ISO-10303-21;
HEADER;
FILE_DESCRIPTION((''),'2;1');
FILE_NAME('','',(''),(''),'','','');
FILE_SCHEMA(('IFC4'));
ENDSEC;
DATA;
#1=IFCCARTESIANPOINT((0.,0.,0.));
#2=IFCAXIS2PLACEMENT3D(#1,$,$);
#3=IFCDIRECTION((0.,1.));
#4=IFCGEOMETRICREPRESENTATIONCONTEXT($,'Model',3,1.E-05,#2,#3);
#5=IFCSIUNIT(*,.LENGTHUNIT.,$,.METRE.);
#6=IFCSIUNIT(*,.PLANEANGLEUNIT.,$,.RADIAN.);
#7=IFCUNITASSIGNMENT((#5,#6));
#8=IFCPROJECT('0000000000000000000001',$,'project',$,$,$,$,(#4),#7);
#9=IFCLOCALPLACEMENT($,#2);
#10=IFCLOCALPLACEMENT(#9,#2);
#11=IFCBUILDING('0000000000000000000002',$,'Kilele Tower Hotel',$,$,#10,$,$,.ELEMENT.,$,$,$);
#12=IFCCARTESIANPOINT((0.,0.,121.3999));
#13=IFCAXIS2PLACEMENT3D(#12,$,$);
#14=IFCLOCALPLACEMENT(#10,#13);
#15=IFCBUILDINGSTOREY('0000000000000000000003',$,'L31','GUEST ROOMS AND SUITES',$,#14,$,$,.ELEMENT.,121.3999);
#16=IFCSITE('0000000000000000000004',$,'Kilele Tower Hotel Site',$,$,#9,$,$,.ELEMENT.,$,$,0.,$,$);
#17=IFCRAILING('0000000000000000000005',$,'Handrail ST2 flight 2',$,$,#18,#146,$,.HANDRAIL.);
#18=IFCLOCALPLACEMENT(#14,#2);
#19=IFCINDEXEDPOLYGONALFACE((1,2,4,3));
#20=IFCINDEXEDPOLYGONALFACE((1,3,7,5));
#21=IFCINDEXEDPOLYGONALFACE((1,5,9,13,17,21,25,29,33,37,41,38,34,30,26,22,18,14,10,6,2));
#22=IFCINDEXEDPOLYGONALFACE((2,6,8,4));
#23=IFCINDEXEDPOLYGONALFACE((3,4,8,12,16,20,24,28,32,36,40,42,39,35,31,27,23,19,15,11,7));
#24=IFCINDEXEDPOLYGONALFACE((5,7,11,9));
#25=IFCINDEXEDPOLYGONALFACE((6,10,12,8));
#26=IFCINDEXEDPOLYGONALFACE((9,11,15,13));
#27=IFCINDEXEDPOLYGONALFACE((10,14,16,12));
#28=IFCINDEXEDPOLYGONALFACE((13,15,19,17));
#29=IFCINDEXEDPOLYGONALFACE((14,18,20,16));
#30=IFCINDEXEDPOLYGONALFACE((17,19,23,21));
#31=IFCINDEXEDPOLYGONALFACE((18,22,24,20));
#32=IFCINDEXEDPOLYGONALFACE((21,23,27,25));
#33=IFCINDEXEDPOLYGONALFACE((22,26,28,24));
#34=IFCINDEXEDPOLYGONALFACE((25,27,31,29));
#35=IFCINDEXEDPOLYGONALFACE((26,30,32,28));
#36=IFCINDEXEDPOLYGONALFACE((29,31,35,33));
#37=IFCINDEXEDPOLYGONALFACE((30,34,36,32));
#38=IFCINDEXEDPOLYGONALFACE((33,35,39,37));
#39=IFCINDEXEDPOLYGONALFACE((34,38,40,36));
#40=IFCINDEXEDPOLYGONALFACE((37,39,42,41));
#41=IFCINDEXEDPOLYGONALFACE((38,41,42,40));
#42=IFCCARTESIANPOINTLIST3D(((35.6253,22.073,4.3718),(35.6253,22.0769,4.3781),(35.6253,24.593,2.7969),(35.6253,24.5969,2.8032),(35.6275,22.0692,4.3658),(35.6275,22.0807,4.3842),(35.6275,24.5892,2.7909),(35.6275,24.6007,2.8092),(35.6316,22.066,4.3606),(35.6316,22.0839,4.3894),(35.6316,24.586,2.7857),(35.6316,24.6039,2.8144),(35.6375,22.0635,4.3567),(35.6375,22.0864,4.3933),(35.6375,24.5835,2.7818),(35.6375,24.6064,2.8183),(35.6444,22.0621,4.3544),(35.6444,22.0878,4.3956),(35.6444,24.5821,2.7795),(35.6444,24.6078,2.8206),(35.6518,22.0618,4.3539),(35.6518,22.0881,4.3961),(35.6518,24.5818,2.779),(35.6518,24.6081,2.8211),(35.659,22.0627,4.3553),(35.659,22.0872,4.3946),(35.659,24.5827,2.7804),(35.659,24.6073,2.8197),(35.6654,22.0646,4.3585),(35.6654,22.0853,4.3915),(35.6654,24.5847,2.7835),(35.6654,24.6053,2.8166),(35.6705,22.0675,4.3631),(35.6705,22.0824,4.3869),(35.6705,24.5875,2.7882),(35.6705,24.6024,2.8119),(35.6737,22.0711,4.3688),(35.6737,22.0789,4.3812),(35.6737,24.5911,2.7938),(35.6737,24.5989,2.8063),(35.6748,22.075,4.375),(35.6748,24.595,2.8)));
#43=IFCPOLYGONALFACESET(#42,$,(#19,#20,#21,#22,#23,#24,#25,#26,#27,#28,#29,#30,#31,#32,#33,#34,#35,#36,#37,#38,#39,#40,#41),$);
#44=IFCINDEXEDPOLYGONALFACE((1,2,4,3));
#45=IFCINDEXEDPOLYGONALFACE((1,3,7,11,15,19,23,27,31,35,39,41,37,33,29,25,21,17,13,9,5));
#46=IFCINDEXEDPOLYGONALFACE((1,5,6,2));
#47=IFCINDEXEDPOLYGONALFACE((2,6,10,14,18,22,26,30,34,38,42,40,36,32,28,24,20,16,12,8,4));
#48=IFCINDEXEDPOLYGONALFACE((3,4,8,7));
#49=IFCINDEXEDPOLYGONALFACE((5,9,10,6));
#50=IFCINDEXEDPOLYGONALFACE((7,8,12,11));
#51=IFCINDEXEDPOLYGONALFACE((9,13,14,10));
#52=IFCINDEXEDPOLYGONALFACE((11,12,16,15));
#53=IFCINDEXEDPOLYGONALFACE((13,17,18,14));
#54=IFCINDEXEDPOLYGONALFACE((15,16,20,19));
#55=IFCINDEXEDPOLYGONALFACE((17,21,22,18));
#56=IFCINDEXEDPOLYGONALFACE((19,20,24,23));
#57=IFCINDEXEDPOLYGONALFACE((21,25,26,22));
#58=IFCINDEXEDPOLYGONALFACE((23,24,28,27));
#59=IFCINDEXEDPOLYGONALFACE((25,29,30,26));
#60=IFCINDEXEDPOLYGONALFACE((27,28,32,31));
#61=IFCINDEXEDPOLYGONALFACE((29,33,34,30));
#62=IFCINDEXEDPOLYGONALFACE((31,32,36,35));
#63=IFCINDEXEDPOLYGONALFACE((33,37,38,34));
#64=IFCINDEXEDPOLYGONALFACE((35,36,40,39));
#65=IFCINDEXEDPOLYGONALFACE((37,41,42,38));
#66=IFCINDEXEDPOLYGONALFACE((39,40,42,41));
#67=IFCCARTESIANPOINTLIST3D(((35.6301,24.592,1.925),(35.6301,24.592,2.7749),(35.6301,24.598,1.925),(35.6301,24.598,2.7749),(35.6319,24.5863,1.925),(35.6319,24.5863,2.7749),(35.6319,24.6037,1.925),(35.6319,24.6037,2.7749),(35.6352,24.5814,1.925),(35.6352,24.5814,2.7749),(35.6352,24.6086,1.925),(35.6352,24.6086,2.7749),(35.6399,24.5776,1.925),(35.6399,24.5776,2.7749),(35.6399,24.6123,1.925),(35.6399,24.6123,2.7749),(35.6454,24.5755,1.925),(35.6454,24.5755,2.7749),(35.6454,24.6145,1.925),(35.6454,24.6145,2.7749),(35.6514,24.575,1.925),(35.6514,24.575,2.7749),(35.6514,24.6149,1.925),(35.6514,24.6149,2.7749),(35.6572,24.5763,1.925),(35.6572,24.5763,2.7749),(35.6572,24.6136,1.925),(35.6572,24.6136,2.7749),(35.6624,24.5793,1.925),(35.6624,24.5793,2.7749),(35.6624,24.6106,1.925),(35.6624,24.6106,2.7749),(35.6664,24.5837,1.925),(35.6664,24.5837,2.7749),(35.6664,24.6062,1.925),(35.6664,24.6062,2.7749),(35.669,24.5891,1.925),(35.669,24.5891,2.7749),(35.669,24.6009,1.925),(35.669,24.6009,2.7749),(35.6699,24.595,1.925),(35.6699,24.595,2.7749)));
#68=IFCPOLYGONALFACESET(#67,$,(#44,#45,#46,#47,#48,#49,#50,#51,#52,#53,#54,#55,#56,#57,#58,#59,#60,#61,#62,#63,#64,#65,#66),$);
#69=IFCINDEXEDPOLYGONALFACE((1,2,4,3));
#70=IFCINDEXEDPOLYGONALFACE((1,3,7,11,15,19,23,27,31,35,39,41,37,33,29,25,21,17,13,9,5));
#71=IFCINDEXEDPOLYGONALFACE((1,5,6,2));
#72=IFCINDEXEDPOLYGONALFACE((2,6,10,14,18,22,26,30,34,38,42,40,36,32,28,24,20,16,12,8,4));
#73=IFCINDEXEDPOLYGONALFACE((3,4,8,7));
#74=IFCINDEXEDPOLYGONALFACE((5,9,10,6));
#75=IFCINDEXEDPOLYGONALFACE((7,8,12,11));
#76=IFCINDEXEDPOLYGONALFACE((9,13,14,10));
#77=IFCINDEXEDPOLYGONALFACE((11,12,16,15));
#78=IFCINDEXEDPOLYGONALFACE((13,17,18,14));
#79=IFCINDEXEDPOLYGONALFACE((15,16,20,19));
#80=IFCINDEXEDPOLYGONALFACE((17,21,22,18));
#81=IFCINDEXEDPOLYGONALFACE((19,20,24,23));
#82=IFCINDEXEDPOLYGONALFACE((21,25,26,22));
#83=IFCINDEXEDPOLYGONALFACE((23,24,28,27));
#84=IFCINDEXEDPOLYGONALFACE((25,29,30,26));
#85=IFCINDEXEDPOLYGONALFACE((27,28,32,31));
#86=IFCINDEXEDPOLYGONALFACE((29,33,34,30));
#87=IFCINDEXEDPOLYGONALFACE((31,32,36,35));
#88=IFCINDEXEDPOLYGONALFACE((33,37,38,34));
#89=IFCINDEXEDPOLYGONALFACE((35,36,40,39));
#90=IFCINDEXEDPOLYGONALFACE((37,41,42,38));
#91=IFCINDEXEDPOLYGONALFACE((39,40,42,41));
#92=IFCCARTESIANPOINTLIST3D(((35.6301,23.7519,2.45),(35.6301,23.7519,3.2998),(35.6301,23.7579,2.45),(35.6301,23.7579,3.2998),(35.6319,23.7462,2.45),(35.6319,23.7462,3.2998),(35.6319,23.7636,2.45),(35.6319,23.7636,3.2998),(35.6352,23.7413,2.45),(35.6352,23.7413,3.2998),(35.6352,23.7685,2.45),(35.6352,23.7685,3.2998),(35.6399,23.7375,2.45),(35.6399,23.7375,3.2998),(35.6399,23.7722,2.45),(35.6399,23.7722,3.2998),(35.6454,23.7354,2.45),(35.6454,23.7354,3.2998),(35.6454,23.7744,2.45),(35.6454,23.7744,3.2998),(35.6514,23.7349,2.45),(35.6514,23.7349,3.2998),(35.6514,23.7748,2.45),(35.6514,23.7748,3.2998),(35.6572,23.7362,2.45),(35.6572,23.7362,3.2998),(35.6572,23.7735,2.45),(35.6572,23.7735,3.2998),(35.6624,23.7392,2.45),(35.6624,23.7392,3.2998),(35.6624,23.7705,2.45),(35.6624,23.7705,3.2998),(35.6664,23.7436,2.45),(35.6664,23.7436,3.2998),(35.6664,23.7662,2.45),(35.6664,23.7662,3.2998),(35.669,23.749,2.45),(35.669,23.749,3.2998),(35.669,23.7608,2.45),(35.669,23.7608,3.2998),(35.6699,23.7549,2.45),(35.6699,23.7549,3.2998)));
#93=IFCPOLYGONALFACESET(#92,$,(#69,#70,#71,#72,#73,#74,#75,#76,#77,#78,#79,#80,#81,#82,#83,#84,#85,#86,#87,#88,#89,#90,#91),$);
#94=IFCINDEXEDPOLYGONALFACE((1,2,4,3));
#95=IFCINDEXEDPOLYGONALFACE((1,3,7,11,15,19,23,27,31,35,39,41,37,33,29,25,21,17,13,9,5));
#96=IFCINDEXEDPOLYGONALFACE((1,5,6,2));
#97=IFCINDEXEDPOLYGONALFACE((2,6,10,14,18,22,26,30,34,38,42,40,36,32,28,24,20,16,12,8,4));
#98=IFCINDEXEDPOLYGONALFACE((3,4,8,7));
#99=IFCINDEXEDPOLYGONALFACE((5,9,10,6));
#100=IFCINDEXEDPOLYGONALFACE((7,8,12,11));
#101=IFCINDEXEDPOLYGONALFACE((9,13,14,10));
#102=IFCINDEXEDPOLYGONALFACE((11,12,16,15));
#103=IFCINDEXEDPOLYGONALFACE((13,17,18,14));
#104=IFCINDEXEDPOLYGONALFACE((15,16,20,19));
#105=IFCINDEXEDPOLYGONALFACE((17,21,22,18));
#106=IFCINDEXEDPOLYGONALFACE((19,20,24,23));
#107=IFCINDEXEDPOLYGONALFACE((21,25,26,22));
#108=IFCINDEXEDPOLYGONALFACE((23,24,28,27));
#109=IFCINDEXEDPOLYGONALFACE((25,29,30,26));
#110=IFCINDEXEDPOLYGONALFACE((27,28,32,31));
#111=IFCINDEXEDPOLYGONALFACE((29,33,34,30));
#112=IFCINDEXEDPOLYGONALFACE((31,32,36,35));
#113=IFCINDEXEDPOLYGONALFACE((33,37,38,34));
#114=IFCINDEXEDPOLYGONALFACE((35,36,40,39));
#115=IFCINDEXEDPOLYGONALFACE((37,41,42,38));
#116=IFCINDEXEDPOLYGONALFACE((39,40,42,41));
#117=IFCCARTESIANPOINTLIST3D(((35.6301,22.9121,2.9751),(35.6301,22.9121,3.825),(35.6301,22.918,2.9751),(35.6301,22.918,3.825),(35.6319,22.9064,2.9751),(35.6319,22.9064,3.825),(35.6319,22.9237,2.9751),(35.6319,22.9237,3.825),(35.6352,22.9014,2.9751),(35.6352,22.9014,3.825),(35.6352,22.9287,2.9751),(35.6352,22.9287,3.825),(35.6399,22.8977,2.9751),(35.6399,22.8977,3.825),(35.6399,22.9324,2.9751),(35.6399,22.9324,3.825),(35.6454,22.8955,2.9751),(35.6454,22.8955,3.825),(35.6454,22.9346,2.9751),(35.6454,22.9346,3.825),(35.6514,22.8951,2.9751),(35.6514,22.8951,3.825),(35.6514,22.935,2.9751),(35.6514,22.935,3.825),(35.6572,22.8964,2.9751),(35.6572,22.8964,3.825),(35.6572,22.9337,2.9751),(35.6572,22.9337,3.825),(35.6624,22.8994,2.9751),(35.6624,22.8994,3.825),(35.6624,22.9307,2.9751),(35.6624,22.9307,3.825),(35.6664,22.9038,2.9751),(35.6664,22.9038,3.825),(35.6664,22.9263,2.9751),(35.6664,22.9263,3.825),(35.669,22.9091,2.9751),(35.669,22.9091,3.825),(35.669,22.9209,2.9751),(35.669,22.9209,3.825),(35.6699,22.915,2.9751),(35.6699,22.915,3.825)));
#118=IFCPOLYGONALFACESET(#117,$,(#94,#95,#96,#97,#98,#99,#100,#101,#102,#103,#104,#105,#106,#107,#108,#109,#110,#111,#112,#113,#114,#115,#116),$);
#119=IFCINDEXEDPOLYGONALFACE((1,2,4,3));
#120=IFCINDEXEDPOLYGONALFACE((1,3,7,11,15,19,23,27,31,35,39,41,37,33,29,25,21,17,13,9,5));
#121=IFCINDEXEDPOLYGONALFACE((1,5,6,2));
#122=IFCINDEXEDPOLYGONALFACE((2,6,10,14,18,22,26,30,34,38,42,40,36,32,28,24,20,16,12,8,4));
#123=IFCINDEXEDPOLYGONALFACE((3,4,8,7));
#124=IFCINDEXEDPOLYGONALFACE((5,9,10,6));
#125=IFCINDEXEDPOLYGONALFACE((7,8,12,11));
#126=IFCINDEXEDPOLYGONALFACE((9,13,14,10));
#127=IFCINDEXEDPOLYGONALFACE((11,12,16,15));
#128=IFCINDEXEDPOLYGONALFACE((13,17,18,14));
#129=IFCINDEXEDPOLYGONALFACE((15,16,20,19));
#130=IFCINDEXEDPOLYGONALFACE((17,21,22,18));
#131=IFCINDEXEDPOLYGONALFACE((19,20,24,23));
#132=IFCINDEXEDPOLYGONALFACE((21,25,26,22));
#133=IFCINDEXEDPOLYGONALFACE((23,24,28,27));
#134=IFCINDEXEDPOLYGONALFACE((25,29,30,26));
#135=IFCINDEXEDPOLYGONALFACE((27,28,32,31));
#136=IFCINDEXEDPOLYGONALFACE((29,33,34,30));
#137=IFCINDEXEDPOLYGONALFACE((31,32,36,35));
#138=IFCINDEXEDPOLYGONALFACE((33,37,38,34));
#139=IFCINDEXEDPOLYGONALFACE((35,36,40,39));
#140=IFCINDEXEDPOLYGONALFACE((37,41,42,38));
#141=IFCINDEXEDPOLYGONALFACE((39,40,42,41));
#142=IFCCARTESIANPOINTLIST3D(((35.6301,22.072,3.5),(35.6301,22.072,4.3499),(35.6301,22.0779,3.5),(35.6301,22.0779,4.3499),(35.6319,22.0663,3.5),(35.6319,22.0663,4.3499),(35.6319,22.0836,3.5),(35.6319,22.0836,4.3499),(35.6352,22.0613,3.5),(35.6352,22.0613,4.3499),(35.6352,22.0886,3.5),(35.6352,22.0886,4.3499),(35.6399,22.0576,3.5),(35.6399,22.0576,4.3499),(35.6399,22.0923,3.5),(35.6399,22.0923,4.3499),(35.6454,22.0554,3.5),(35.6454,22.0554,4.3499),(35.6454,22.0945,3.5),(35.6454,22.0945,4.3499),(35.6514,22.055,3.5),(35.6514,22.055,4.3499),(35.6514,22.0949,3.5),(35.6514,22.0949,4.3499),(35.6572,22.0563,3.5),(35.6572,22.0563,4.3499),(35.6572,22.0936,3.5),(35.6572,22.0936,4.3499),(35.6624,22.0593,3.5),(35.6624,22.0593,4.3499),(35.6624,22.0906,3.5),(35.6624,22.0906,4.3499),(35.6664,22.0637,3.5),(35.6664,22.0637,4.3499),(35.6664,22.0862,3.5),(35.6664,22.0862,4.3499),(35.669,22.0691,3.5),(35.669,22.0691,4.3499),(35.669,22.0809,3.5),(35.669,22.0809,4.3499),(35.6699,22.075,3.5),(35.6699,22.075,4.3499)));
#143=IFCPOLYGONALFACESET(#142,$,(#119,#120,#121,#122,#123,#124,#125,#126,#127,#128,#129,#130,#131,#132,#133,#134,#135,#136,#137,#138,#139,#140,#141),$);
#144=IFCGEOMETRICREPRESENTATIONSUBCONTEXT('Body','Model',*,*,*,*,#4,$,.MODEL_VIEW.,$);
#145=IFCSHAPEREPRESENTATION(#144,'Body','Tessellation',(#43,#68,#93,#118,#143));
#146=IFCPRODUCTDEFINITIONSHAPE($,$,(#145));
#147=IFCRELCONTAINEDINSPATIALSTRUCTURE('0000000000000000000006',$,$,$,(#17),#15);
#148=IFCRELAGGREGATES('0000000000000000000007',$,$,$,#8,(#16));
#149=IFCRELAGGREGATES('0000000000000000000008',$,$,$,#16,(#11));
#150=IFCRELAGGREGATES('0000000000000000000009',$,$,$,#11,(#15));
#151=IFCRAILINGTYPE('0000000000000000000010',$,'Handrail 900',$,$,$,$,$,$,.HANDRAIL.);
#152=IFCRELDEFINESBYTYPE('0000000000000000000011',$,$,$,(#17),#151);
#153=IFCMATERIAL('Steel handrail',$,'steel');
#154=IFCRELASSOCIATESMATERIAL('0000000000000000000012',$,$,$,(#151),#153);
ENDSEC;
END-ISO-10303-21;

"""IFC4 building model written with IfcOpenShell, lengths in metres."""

from ifc_helpers import new_model, si_unit, direction, frame, origin, origin_2d, place, context, subcontext, project, spatial, circle, extrude, material, type_object, element, save


model = new_model("IFC4")

# Units and contexts
model_context = context("Model", 3, precision=1e-05, world=origin(), true_north=direction((0.0, 1.0)))
body_context = subcontext(model_context, "Body", "Model", "MODEL_VIEW")
ifc_project = project(units=[si_unit("LENGTHUNIT", "METRE"), si_unit("PLANEANGLEUNIT", "RADIAN")], contexts=[model_context])

# Site, building, storey
site_placement = place(None, origin())
site = spatial("IfcSite", under=ifc_project, at=site_placement, Name="Kilele Tower Hotel Site", CompositionType="ELEMENT", RefElevation=0.0)
building_placement = place(site_placement, origin())
building = spatial("IfcBuilding", under=site, at=building_placement, Name="Kilele Tower Hotel", CompositionType="ELEMENT")
storey_placement = place(building_placement, frame((0.0, 0.0, 121.3999)))
storey = spatial("IfcBuildingStorey", under=building, at=storey_placement, Name="L31", Description="GUEST ROOMS AND SUITES", CompositionType="ELEMENT", Elevation=121.3999)

# Railing
ifc_material_1 = material(Name="Steel handrail", Category="steel")
railing_type_1 = type_object("IfcRailingType", Name="Handrail 900", PredefinedType="HANDRAIL", material=ifc_material_1)
for number, where, name in (
    (1, (35.6499, 24.595, 1.925), "Handrail ST2 flight 2"),
):
    element("IfcRailing", number, at=place(storey_placement, frame(where)), inside=storey, type_object=railing_type_1, Name=name, PredefinedType="HANDRAIL", context=body_context, shape_type="SweptSolid", body=[
        extrude(circle(Radius=0.0249, at=origin_2d()), frame((0.0, 0.0, 0.875), z_axis=(0.0, -0.848008, 0.529984), x_axis=(1.0, 0.0, 0.0)), (0.0, 0.0, 1.0), 2.9717),
        extrude(circle(Radius=0.02, at=origin_2d()), origin(), (0.0, 0.0, 1.0), 0.8499),
        extrude(circle(Radius=0.02, at=origin_2d()), frame((0.0, -0.8401, 0.5249)), (0.0, 0.0, 1.0), 0.8499),
        extrude(circle(Radius=0.02, at=origin_2d()), frame((0.0, -1.6799, 1.05)), (0.0, 0.0, 1.0), 0.8499),
        extrude(circle(Radius=0.02, at=origin_2d()), frame((0.0, -2.52, 1.575)), (0.0, 0.0, 1.0), 0.8499),
    ])

save(model, "model.ifc")
